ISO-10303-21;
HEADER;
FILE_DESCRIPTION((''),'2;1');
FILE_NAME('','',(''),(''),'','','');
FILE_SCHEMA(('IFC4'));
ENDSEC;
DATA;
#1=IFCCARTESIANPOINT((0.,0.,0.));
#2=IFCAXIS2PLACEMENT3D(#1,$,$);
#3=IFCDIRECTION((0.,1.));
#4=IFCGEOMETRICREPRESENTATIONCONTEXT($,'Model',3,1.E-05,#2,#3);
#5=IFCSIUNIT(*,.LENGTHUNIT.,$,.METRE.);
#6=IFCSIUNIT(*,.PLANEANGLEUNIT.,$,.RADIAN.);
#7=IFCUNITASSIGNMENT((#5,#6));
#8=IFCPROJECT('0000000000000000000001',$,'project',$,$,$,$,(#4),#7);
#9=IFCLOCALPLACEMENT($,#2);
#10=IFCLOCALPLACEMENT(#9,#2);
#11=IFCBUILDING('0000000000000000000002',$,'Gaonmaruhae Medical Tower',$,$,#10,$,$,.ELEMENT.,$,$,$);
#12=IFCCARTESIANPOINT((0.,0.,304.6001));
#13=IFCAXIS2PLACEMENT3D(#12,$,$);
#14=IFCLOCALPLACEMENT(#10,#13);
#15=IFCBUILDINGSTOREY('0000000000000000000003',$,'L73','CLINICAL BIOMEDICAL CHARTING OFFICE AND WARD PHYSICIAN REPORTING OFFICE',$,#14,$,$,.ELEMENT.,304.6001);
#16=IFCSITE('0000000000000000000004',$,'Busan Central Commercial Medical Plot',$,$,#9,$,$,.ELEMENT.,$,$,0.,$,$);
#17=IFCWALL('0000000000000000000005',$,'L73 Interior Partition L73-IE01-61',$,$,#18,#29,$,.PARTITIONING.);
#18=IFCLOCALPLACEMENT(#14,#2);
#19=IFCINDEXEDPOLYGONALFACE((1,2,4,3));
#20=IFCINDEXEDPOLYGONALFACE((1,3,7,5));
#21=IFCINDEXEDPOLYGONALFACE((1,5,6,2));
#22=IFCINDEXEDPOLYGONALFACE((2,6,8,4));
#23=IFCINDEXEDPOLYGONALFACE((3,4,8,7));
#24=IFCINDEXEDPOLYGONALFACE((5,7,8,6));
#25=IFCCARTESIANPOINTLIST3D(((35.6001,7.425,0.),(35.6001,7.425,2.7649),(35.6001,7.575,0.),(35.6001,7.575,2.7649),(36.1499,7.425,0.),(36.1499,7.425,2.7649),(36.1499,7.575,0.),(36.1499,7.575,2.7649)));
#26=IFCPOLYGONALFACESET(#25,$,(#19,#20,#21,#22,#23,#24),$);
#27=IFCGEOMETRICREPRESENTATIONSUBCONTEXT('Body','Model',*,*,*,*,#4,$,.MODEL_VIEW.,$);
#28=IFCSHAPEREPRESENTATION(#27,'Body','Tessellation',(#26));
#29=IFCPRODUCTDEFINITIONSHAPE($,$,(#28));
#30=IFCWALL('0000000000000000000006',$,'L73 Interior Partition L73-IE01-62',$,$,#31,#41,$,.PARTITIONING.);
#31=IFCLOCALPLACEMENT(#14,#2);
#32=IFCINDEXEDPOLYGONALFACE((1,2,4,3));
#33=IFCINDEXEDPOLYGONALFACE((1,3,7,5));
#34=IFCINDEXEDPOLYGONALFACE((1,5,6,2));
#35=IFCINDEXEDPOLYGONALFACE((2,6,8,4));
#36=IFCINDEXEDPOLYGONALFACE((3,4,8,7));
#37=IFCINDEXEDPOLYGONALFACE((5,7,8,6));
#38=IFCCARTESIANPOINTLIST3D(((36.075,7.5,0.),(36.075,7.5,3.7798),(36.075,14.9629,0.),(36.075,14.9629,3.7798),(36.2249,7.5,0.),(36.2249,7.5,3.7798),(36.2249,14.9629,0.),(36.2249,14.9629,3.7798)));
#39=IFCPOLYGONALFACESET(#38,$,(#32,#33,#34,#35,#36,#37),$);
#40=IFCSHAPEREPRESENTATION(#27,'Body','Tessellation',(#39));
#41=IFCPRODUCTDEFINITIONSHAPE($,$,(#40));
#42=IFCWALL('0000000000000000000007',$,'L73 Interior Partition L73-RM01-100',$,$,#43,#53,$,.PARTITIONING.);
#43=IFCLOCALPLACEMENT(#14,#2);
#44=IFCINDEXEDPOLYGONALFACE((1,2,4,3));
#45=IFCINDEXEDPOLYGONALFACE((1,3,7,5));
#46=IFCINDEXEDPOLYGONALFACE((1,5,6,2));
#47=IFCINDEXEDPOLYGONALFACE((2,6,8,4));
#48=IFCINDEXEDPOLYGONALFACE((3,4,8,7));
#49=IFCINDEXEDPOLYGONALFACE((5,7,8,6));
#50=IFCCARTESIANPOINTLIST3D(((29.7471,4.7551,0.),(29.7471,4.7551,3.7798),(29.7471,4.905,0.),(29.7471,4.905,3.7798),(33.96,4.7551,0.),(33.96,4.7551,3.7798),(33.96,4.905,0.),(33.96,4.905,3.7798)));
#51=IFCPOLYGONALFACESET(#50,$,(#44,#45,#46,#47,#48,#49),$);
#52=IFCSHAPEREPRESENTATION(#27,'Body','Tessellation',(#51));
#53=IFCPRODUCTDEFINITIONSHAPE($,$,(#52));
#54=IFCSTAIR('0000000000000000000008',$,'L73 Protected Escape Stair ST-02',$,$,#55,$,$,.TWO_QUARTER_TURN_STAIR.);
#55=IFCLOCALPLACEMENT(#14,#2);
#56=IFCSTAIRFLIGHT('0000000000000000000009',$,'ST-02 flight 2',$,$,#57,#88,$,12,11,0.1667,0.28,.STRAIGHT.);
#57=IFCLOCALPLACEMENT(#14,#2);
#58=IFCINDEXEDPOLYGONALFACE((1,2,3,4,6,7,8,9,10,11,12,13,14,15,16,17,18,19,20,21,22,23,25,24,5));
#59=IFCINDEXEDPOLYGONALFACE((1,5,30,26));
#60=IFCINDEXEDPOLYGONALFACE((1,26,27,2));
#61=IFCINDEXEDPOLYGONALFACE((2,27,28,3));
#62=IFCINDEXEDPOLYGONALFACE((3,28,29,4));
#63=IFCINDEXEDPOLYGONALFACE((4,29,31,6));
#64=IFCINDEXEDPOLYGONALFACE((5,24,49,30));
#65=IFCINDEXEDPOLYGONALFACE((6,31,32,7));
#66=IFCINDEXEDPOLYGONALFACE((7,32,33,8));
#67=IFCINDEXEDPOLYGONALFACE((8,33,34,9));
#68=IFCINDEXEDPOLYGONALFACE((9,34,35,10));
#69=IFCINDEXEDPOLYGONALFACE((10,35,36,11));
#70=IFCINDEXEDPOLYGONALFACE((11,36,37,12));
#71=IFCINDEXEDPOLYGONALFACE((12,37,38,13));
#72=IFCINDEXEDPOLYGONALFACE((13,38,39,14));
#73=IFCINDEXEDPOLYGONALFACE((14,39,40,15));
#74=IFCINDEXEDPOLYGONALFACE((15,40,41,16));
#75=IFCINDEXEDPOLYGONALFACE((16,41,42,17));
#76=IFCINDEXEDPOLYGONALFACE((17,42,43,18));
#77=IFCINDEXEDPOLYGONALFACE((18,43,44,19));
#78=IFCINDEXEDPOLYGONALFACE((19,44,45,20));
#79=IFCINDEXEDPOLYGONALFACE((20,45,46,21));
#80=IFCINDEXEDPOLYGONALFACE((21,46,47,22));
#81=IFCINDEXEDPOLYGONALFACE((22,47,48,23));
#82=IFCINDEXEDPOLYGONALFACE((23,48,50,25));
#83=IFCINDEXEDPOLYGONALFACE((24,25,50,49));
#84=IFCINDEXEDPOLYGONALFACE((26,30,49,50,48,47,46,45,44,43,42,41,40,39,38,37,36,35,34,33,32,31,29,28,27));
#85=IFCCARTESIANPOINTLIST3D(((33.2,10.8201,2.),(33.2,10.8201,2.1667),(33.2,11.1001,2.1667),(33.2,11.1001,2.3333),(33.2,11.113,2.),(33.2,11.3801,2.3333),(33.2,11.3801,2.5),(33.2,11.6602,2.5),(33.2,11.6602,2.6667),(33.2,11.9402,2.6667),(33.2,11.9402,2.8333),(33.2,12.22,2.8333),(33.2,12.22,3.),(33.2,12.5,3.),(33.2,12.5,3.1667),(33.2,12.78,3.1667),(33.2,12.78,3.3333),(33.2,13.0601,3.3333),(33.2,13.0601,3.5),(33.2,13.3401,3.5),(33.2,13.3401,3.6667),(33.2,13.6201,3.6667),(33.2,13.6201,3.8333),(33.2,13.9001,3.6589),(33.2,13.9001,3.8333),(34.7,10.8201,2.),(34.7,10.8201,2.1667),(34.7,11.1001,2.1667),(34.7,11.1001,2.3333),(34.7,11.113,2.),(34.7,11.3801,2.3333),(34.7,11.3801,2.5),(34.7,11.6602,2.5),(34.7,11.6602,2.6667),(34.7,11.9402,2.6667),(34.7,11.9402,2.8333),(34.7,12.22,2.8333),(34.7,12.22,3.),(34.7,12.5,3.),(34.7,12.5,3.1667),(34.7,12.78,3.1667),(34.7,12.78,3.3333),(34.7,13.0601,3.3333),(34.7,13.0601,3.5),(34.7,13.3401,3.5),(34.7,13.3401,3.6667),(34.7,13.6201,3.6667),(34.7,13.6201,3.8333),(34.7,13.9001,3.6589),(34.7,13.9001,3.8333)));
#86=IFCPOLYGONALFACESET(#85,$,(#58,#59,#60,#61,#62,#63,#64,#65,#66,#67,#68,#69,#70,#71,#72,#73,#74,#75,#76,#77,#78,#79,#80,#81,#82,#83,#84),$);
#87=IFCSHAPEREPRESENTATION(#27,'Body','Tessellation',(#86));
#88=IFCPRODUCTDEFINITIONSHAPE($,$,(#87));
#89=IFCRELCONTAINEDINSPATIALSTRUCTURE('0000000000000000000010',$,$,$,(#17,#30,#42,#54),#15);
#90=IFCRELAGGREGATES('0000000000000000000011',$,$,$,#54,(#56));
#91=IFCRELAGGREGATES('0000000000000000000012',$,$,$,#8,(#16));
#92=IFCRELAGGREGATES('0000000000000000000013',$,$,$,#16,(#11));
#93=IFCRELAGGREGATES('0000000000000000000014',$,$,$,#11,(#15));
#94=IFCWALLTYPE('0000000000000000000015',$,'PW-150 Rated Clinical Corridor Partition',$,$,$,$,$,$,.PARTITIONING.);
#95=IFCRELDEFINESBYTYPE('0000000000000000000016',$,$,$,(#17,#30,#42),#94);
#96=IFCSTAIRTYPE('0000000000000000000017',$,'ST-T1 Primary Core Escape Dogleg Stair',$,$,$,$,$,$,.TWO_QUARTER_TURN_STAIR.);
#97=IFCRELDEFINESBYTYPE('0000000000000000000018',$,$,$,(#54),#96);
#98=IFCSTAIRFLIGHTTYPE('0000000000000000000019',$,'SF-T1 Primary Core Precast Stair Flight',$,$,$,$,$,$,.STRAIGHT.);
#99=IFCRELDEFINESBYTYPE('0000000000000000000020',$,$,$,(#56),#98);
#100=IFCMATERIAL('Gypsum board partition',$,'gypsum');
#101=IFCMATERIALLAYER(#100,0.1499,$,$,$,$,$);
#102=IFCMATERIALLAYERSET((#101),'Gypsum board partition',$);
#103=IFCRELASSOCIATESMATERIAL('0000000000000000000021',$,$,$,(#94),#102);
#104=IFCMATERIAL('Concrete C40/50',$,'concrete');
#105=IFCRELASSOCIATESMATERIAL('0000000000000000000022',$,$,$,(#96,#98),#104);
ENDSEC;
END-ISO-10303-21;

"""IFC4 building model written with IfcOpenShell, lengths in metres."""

from ifc_helpers import new_model, si_unit, direction, frame, frame_2d, origin, place, context, subcontext, project, spatial, polyline, rectangle, outline, extrude, material, layer, layer_set, type_object, element, aggregate, save


model = new_model("IFC4")

# Units and contexts
model_context = context("Model", 3, precision=1e-05, world=origin(), true_north=direction((0.0, 1.0)))
body_context = subcontext(model_context, "Body", "Model", "MODEL_VIEW")
ifc_project = project(units=[si_unit("LENGTHUNIT", "METRE"), si_unit("PLANEANGLEUNIT", "RADIAN")], contexts=[model_context])

# Site, building, storey
site_placement = place(None, origin())
site = spatial("IfcSite", under=ifc_project, at=site_placement, Name="Busan Central Commercial Medical Plot", CompositionType="ELEMENT", RefElevation=0.0)
building_placement = place(site_placement, origin())
building = spatial("IfcBuilding", under=site, at=building_placement, Name="Gaonmaruhae Medical Tower", CompositionType="ELEMENT")
storey_placement = place(building_placement, frame((0.0, 0.0, 304.6001)))
storey = spatial("IfcBuildingStorey", under=building, at=storey_placement, Name="L73", Description="CLINICAL BIOMEDICAL CHARTING OFFICE AND WARD PHYSICIAN REPORTING OFFICE", CompositionType="ELEMENT", Elevation=304.6001)

# Walls
ifc_material_1 = material(Name="Gypsum board partition", Category="gypsum")
ifc_layer_1 = layer(ifc_material_1, 0.1499)
ifc_layer_set_1 = layer_set([ifc_layer_1], Name="Gypsum board partition")
wall_type_1 = type_object("IfcWallType", Name="PW-150 Rated Clinical Corridor Partition", PredefinedType="PARTITIONING", material=ifc_layer_set_1)
wall_1_placement = place(storey_placement, frame((35.6001, 7.5, 0.0), z_axis=(0.0, 0.0, 1.0), x_axis=(1.0, 0.0, 0.0)))
element("IfcWall", 1, at=wall_1_placement, inside=storey, type_object=wall_type_1, Name="L73 Interior Partition L73-IE01-61", PredefinedType="PARTITIONING", context=body_context, shape_type="SweptSolid", body=[
    extrude(rectangle(XDim=0.5498, YDim=0.1499, at=frame_2d((0.2749, 0.0))), origin(), (0.0, 0.0, 1.0), 2.7649),
])
wall_2_placement = place(storey_placement, frame((36.1499, 7.5, 0.0), z_axis=(0.0, 0.0, 1.0), x_axis=(0.0, 1.0, 0.0)))
element("IfcWall", 2, at=wall_2_placement, inside=storey, type_object=wall_type_1, Name="L73 Interior Partition L73-IE01-62", PredefinedType="PARTITIONING", context=body_context, shape_type="SweptSolid", body=[
    extrude(rectangle(XDim=7.4629, YDim=0.1499, at=frame_2d((3.7314, 0.0))), origin(), (0.0, 0.0, 1.0), 3.7798),
])

# Wall
wall_3_placement = place(storey_placement, frame((33.96, 4.8301, 0.0), z_axis=(0.0, 0.0, 1.0), x_axis=(-1.0, 0.0, 0.0)))
element("IfcWall", 3, at=wall_3_placement, inside=storey, type_object=wall_type_1, Name="L73 Interior Partition L73-RM01-100", PredefinedType="PARTITIONING", context=body_context, shape_type="SweptSolid", body=[
    extrude(rectangle(XDim=4.2129, YDim=0.1499, at=frame_2d((2.1064, 0.0))), origin(), (0.0, 0.0, 1.0), 3.7798),
])

# Stair, stair flight
ifc_material_2 = material(Name="Concrete C40/50", Category="concrete")
stair_type = type_object("IfcStairType", Name="ST-T1 Primary Core Escape Dogleg Stair", PredefinedType="TWO_QUARTER_TURN_STAIR", material=ifc_material_2)
stair_placement = place(storey_placement, origin())
stair = element("IfcStair", 4, at=stair_placement, inside=storey, type_object=stair_type, Name="L73 Protected Escape Stair ST-02", PredefinedType="TWO_QUARTER_TURN_STAIR")
stair_flight_type = type_object("IfcStairFlightType", Name="SF-T1 Primary Core Precast Stair Flight", PredefinedType="STRAIGHT", material=ifc_material_2)
stair_flight_placement = place(storey_placement, frame((33.95, 10.8201, 2.0), z_axis=(0.0, 0.0, 1.0), x_axis=(0.0, 1.0, 0.0)))
stair_flight = element("IfcStairFlight", 5, at=stair_flight_placement, type_object=stair_flight_type, Name="ST-02 flight 2", NumberOfRisers=12, NumberOfTreads=11, PredefinedType="STRAIGHT", RiserHeight=0.1667, TreadLength=0.28, context=body_context, shape_type="SweptSolid", body=[
    extrude(outline(polyline([(0.0, 0.0), (0.0, 0.1667), (0.28, 0.1667), (0.28, 0.3333), (0.5601, 0.3333), (0.5601, 0.5), (0.8401, 0.5), (0.8401, 0.6667), (1.1201, 0.6667), (1.1201, 0.8333), (1.3999, 0.8333), (1.3999, 1.0), (1.6799, 1.0), (1.6799, 1.1667), (1.96, 1.1667), (1.96, 1.3333), (2.24, 1.3333), (2.24, 1.5), (2.52, 1.5), (2.52, 1.6667), (2.8, 1.6667), (2.8, 1.8333), (3.0801, 1.8333), (3.0801, 2.0), (3.0801, 1.6589), (0.293, 0.0), (0.0, 0.0)])), frame((0.0, 0.75, 0.0), z_axis=(0.0, -1.0, 0.0), x_axis=(1.0, 0.0, 0.0)), (0.0, 0.0, 1.0), 1.5),
])
aggregate(stair, [stair_flight])

save(model, "model.ifc")
